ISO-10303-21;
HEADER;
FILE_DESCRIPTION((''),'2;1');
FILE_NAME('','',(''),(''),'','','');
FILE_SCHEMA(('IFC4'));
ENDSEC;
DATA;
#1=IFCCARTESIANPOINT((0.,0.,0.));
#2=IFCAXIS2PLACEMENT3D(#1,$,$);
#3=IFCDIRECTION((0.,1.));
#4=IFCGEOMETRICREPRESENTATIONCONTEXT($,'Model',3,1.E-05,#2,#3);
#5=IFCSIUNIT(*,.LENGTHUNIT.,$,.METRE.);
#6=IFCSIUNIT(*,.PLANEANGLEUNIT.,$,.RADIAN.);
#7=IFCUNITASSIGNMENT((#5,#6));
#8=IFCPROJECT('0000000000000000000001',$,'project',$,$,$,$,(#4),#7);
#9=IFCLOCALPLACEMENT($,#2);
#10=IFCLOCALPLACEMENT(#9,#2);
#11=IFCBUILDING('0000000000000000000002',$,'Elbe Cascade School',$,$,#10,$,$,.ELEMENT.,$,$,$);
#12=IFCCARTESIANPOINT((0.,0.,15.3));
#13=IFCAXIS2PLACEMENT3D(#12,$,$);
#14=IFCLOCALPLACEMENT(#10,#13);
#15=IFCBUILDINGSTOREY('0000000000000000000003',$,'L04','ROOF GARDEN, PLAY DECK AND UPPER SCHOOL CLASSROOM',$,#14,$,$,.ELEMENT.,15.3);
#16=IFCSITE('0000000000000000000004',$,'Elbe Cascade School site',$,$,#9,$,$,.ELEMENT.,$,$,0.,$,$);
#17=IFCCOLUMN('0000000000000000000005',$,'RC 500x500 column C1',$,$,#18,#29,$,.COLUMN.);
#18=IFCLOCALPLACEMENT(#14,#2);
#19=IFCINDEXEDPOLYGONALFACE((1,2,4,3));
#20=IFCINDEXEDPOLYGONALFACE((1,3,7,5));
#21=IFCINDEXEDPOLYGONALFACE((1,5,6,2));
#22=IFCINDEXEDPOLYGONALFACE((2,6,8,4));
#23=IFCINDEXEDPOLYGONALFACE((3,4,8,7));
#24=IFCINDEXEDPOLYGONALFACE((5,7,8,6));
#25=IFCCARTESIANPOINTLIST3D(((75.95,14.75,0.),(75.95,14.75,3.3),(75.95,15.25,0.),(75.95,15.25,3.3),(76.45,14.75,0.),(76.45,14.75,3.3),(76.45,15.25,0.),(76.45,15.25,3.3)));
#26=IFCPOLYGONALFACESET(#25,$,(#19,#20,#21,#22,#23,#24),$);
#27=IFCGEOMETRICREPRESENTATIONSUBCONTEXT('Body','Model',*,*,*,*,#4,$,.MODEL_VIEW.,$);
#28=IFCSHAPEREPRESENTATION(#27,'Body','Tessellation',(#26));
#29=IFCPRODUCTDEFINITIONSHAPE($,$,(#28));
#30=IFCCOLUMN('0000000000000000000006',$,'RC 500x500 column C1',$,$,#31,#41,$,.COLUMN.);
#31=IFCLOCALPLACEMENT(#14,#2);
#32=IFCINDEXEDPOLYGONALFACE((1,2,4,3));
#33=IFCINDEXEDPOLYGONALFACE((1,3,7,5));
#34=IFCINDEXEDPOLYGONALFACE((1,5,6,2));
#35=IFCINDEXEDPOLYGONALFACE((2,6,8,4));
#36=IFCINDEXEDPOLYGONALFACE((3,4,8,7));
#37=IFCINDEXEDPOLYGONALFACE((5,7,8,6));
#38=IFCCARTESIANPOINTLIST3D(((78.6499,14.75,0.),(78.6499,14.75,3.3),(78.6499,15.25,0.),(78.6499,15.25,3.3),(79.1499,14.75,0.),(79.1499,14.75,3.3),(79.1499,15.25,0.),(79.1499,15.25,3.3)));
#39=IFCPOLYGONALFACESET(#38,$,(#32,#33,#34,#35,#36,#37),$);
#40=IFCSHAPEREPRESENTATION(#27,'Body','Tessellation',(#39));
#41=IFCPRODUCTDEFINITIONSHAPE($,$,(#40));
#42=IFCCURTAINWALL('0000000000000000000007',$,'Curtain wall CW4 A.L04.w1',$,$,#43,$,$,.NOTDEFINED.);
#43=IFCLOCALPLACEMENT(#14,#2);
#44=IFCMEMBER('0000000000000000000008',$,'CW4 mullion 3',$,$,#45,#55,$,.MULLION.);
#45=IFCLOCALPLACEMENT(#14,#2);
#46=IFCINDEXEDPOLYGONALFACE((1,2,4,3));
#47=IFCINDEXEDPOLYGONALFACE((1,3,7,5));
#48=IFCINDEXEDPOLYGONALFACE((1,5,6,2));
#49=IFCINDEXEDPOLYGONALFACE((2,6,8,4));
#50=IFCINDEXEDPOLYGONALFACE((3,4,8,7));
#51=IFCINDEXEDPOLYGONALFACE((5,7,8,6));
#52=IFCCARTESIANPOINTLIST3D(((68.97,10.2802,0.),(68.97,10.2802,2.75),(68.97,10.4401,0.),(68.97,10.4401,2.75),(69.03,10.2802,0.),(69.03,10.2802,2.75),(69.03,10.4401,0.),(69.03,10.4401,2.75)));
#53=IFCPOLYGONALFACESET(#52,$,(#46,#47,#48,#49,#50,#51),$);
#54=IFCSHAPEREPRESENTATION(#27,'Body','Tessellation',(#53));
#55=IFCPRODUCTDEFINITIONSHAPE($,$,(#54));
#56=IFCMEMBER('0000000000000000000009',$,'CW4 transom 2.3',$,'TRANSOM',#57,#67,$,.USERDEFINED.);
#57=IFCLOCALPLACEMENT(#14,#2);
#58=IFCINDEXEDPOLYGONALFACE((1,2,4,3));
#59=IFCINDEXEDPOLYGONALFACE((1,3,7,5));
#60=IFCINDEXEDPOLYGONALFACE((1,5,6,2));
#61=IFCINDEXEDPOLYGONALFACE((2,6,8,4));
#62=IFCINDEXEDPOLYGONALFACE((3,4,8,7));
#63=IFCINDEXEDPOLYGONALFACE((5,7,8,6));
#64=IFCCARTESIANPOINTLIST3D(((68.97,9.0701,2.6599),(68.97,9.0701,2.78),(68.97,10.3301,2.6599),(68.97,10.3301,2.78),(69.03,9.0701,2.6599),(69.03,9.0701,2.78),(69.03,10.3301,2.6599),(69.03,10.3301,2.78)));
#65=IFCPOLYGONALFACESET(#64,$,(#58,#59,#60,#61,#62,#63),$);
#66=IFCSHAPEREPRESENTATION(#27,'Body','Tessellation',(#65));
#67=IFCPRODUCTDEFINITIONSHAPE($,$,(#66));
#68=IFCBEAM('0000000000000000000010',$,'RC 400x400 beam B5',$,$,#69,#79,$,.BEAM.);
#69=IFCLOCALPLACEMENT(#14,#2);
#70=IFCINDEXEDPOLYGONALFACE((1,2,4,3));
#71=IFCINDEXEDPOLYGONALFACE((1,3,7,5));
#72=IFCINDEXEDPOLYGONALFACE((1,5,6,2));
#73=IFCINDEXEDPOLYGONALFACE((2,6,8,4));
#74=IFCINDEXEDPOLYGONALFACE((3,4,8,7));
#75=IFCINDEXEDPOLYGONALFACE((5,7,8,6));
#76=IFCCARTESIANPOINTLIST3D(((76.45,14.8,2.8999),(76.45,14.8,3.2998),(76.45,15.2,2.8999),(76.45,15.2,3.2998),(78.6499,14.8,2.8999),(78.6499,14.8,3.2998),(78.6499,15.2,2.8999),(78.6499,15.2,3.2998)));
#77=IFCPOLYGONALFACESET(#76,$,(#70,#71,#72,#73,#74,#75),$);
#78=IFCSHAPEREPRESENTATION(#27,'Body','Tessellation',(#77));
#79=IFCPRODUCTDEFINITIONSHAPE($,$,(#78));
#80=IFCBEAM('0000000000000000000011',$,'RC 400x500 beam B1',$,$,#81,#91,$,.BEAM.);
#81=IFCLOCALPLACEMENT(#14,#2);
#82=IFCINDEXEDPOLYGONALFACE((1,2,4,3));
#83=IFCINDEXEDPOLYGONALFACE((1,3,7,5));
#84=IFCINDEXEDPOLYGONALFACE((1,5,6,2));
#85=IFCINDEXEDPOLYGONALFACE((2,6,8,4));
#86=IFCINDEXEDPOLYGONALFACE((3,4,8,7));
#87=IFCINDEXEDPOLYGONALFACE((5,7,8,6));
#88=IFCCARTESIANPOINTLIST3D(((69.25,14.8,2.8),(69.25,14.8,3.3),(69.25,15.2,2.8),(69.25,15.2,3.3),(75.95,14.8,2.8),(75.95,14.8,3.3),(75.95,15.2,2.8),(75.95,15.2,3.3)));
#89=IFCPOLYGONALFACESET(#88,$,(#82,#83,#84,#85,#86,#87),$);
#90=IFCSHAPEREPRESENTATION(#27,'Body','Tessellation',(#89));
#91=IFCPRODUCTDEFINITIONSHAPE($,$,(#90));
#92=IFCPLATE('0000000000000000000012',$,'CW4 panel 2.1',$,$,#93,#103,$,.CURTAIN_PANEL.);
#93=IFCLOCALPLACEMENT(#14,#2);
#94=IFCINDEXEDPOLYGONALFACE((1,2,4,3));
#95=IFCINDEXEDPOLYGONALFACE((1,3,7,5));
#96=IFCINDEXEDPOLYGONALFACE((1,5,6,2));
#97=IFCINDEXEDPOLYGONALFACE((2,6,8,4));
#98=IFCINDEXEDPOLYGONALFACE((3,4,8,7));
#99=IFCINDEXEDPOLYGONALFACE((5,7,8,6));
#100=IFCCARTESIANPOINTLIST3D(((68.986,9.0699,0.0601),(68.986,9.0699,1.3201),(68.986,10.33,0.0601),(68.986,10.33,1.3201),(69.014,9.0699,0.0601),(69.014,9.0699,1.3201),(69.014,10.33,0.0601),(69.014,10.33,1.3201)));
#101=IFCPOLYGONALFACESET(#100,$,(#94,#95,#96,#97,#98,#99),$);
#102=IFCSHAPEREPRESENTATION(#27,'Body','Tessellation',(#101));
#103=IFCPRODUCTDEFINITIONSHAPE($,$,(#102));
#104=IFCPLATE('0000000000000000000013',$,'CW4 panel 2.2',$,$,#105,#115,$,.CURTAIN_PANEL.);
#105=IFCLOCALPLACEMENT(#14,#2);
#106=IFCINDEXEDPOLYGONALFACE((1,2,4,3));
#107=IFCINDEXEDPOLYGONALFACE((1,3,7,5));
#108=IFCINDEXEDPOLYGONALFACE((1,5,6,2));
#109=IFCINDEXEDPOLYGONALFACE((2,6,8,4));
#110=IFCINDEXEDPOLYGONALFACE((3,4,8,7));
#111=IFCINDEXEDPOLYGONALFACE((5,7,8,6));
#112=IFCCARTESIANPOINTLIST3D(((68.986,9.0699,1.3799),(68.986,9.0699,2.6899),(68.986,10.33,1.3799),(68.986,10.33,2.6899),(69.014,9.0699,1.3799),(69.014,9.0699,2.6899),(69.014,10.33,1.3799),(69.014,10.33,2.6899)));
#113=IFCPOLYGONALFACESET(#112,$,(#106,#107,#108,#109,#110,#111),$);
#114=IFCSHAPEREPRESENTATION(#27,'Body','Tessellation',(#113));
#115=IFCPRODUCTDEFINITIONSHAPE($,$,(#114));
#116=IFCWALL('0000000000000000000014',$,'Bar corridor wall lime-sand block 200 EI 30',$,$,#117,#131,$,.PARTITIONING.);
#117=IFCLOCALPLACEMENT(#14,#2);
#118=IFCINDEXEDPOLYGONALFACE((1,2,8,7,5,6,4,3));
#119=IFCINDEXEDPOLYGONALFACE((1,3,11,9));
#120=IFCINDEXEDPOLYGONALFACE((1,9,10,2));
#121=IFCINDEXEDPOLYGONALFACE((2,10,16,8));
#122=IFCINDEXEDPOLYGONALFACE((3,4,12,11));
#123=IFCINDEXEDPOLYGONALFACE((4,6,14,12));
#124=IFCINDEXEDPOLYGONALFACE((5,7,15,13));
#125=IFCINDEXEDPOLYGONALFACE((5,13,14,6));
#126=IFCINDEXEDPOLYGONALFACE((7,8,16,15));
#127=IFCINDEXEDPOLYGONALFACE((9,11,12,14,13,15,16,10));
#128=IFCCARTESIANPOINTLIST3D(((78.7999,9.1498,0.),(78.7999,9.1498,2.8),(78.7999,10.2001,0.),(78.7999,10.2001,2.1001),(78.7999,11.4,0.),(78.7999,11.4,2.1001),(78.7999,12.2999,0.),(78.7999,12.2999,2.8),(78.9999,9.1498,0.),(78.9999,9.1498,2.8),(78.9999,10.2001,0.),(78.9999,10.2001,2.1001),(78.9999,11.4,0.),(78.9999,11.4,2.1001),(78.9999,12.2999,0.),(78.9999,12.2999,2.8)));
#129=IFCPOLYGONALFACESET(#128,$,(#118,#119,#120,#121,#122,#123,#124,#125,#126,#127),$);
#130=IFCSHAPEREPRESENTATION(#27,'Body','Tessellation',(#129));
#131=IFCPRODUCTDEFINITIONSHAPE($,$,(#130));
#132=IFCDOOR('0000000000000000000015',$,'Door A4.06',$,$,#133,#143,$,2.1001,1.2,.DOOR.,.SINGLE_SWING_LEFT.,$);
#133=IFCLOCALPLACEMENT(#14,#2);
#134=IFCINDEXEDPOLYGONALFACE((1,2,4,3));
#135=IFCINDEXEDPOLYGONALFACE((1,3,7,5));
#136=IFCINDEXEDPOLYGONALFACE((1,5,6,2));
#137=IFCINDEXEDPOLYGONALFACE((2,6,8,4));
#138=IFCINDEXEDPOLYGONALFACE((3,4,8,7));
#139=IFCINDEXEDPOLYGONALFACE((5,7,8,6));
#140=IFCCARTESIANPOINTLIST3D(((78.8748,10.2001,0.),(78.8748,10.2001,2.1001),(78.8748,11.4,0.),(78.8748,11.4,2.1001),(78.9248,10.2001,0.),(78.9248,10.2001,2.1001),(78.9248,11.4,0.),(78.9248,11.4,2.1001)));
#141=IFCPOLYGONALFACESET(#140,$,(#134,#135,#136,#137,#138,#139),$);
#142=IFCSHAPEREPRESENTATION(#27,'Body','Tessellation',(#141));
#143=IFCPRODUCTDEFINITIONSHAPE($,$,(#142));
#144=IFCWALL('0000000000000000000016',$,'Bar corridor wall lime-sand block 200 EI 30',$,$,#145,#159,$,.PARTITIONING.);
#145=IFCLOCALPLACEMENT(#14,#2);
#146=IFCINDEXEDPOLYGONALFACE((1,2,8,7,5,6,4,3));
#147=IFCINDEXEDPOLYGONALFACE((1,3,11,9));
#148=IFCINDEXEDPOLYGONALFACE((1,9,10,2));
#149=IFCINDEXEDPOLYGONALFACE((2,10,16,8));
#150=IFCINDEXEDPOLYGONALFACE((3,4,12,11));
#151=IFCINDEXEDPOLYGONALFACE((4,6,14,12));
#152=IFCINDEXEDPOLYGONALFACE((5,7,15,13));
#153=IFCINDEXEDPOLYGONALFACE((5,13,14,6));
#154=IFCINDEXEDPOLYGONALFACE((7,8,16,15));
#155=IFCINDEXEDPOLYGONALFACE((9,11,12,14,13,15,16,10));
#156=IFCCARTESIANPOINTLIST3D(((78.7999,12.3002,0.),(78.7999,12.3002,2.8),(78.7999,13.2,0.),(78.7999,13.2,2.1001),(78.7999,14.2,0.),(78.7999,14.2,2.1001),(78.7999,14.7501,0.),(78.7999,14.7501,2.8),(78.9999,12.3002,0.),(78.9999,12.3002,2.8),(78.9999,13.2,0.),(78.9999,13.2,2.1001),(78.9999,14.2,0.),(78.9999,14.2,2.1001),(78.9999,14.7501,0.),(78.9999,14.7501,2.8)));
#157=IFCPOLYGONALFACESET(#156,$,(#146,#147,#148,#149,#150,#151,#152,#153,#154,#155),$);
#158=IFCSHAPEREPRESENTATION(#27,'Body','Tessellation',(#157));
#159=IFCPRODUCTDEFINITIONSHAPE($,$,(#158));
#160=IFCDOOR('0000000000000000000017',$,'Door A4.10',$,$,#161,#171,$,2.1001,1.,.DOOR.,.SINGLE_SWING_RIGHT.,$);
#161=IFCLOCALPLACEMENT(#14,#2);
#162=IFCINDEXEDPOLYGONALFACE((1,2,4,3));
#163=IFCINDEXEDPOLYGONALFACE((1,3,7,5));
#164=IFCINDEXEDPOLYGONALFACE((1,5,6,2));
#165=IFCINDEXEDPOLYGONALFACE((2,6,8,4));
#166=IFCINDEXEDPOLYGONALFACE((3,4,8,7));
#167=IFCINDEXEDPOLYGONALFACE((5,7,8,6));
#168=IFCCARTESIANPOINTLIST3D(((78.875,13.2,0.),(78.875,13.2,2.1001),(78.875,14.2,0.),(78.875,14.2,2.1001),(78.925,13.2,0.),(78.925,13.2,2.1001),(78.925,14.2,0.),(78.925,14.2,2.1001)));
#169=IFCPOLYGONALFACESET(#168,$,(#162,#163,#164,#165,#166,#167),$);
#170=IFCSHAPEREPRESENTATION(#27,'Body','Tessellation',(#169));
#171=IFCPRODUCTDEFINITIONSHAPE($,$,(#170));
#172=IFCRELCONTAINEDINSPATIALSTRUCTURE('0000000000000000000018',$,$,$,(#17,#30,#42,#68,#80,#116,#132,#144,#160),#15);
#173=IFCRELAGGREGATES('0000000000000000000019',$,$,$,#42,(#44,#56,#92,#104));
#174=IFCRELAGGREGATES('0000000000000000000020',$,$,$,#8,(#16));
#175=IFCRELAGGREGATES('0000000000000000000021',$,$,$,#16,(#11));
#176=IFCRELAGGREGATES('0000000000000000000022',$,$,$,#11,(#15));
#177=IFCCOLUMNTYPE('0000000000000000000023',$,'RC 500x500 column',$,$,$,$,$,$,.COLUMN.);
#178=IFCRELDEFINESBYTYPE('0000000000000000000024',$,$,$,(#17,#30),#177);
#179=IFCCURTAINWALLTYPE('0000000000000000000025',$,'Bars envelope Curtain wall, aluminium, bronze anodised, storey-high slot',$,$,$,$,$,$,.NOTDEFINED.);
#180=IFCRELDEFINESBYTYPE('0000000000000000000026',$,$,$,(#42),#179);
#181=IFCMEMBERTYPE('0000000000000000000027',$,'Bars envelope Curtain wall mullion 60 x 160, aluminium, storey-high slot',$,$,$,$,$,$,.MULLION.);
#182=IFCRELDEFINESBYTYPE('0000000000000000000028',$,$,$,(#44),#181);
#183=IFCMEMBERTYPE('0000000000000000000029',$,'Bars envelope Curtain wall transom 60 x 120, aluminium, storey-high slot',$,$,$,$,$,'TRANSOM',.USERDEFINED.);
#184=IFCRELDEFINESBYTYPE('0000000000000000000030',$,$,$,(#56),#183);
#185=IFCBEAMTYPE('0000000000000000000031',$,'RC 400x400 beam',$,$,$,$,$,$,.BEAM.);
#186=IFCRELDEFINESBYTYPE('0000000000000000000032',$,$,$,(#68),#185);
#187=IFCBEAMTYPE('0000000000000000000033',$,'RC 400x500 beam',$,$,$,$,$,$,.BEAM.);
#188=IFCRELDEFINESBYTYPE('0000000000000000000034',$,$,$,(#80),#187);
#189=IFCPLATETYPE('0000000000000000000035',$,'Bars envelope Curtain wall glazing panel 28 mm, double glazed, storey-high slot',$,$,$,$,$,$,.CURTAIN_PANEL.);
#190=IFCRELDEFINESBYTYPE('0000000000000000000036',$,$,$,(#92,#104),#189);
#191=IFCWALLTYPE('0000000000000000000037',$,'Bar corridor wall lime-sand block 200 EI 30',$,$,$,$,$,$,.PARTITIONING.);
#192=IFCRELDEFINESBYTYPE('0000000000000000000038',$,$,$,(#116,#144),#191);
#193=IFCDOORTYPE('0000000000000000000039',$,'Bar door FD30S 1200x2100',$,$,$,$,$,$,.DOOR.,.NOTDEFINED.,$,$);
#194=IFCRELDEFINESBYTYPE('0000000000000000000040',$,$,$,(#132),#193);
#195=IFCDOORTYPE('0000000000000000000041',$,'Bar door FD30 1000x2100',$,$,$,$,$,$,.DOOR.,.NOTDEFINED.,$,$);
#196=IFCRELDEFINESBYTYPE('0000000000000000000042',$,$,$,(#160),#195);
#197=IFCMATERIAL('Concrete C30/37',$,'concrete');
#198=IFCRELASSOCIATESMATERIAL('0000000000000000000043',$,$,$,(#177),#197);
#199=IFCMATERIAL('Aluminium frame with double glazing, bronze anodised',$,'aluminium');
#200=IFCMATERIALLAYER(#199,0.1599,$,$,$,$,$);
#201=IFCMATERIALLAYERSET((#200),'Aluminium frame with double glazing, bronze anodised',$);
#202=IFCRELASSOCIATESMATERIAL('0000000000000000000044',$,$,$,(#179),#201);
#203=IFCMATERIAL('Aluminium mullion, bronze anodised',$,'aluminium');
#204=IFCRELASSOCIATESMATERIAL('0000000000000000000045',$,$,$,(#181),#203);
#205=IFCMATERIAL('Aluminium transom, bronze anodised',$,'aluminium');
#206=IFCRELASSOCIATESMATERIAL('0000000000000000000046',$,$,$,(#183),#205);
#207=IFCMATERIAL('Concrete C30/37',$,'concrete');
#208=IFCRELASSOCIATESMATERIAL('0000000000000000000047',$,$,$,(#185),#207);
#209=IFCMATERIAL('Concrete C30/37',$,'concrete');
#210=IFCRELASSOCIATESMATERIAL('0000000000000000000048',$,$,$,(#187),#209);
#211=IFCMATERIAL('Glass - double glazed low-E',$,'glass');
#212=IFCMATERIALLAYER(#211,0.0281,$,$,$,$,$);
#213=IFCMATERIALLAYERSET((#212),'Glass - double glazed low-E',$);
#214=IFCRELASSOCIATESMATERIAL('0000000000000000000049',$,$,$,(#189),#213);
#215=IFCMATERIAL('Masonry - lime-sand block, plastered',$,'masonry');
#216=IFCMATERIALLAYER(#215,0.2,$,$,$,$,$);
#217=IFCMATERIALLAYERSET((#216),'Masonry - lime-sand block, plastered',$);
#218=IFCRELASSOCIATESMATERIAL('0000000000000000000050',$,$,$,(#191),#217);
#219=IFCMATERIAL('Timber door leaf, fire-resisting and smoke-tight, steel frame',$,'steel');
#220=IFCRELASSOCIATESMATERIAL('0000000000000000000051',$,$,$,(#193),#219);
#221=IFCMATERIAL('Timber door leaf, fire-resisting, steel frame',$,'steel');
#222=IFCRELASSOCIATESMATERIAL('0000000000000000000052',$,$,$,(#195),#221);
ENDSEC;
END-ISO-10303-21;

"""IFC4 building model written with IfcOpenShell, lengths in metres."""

from ifc_helpers import new_model, si_unit, direction, frame, frame_2d, origin, origin_2d, place, context, subcontext, project, spatial, rectangle, extrude, material, layer, layer_set, material_profile, profile_set, type_object, element, fill, aggregate, save


model = new_model("IFC4")

# Units and contexts
model_context = context("Model", 3, precision=1e-05, world=origin(), true_north=direction((0.0, 1.0)))
body_context = subcontext(model_context, "Body", "Model", "MODEL_VIEW")
ifc_project = project(units=[si_unit("LENGTHUNIT", "METRE"), si_unit("PLANEANGLEUNIT", "RADIAN")], contexts=[model_context])

# Site, building, storey
site_placement = place(None, origin())
site = spatial("IfcSite", under=ifc_project, at=site_placement, Name="Elbe Cascade School site", CompositionType="ELEMENT", RefElevation=0.0)
building_placement = place(site_placement, origin())
building = spatial("IfcBuilding", under=site, at=building_placement, Name="Elbe Cascade School", CompositionType="ELEMENT")
storey_placement = place(building_placement, frame((0.0, 0.0, 15.3)))
storey = spatial("IfcBuildingStorey", under=building, at=storey_placement, Name="L04", Description="ROOF GARDEN, PLAY DECK AND UPPER SCHOOL CLASSROOM", CompositionType="ELEMENT", Elevation=15.3)

# Columns
ifc_material_1 = material(Name="Concrete C30/37", Category="concrete")
ifc_material_profile_1 = material_profile(ifc_material_1, rectangle(XDim=0.5, YDim=0.5, at=origin_2d()), Name="RC 500x500")
ifc_profile_set_1 = profile_set([ifc_material_profile_1], Name="Concrete C30/37")
column_type = type_object("IfcColumnType", Name="RC 500x500 column", PredefinedType="COLUMN", material=ifc_profile_set_1)
for number, where, z_axis, x_axis, name in (
    (1, (76.2, 15.0, 0.0), (0.0, 0.0, 1.0), (1.0, 0.0, 0.0), "RC 500x500 column C1"),
    (2, (78.8999, 15.0, 0.0), (0.0, 0.0, 1.0), (1.0, 0.0, 0.0), "RC 500x500 column C1"),
):
    element("IfcColumn", number, at=place(storey_placement, frame(where, z_axis=z_axis, x_axis=x_axis)), inside=storey, type_object=column_type, Name=name, PredefinedType="COLUMN", context=body_context, shape_type="SweptSolid", body=[
        extrude(rectangle(XDim=0.5, YDim=0.5, at=origin_2d()), origin(), (0.0, 0.0, 1.0), 3.3),
    ])

# Curtain wall, members
ifc_material_2 = material(Name="Aluminium frame with double glazing, bronze anodised", Category="aluminium")
ifc_layer_1 = layer(ifc_material_2, 0.1599)
ifc_layer_set_1 = layer_set([ifc_layer_1], Name="Aluminium frame with double glazing, bronze anodised")
curtain_wall_type = type_object("IfcCurtainWallType", Name="Bars envelope Curtain wall, aluminium, bronze anodised, storey-high slot", PredefinedType="NOTDEFINED", material=ifc_layer_set_1)
curtain_wall_placement = place(storey_placement, origin())
curtain_wall = element("IfcCurtainWall", 3, at=curtain_wall_placement, inside=storey, type_object=curtain_wall_type, Name="Curtain wall CW4 A.L04.w1", PredefinedType="NOTDEFINED")
ifc_material_3 = material(Name="Aluminium mullion, bronze anodised", Category="aluminium")
ifc_material_profile_2 = material_profile(ifc_material_3, rectangle(XDim=0.0601, YDim=0.1599, at=origin_2d()), Name="Bars envelope Curtain wall mullion 60 x 160, aluminium, storey-high slot")
ifc_profile_set_2 = profile_set([ifc_material_profile_2], Name="Aluminium mullion, bronze anodised")
member_type_1 = type_object("IfcMemberType", Name="Bars envelope Curtain wall mullion 60 x 160, aluminium, storey-high slot", PredefinedType="MULLION", material=ifc_profile_set_2)
member_1_placement = place(storey_placement, frame((69.0, 10.3601, 0.0), z_axis=(0.0, 0.0, 1.0), x_axis=(-1.0, 0.0, 0.0)))
member_1 = element("IfcMember", 4, at=member_1_placement, type_object=member_type_1, Name="CW4 mullion 3", PredefinedType="MULLION", context=body_context, shape_type="SweptSolid", body=[
    extrude(rectangle(XDim=0.0601, YDim=0.1599, at=origin_2d()), origin(), (0.0, 0.0, 1.0), 2.75),
])
ifc_material_4 = material(Name="Aluminium transom, bronze anodised", Category="aluminium")
ifc_material_profile_3 = material_profile(ifc_material_4, rectangle(XDim=0.0601, YDim=0.1201, at=origin_2d()), Name="Bars envelope Curtain wall transom 60 x 120, aluminium, storey-high slot")
ifc_profile_set_3 = profile_set([ifc_material_profile_3], Name="Aluminium transom, bronze anodised")
member_type_2 = type_object("IfcMemberType", Name="Bars envelope Curtain wall transom 60 x 120, aluminium, storey-high slot", ElementType="TRANSOM", PredefinedType="USERDEFINED", material=ifc_profile_set_3)
member_2_placement = place(storey_placement, frame((69.0, 9.0701, 2.72), z_axis=(0.0, 1.0, 0.0), x_axis=(-1.0, 0.0, 0.0)))
member_2 = element("IfcMember", 5, at=member_2_placement, type_object=member_type_2, Name="CW4 transom 2.3", ObjectType="TRANSOM", PredefinedType="USERDEFINED", context=body_context, shape_type="SweptSolid", body=[
    extrude(rectangle(XDim=0.0601, YDim=0.1201, at=origin_2d()), origin(), (0.0, 0.0, 1.0), 1.26),
])

# Beams
ifc_material_5 = material(Name="Concrete C30/37", Category="concrete")
ifc_material_profile_4 = material_profile(ifc_material_5, rectangle(XDim=0.3999, YDim=0.3999, at=origin_2d()), Name="RC 400x400")
ifc_profile_set_4 = profile_set([ifc_material_profile_4], Name="Concrete C30/37")
beam_type_1 = type_object("IfcBeamType", Name="RC 400x400 beam", PredefinedType="BEAM", material=ifc_profile_set_4)
beam_1_placement = place(storey_placement, frame((76.45, 15.0, 3.0999), z_axis=(1.0, 0.0, 0.0), x_axis=(0.0, 1.0, 0.0)))
element("IfcBeam", 6, at=beam_1_placement, inside=storey, type_object=beam_type_1, Name="RC 400x400 beam B5", PredefinedType="BEAM", context=body_context, shape_type="SweptSolid", body=[
    extrude(rectangle(XDim=0.3999, YDim=0.3999, at=origin_2d()), origin(), (0.0, 0.0, 1.0), 2.2),
])
ifc_material_6 = material(Name="Concrete C30/37", Category="concrete")
ifc_material_profile_5 = material_profile(ifc_material_6, rectangle(XDim=0.3999, YDim=0.5, at=origin_2d()), Name="RC 400x500")
ifc_profile_set_5 = profile_set([ifc_material_profile_5], Name="Concrete C30/37")
beam_type_2 = type_object("IfcBeamType", Name="RC 400x500 beam", PredefinedType="BEAM", material=ifc_profile_set_5)
beam_2_placement = place(storey_placement, frame((69.25, 15.0, 3.05), z_axis=(1.0, 0.0, 0.0), x_axis=(0.0, 1.0, 0.0)))
element("IfcBeam", 7, at=beam_2_placement, inside=storey, type_object=beam_type_2, Name="RC 400x500 beam B1", PredefinedType="BEAM", context=body_context, shape_type="SweptSolid", body=[
    extrude(rectangle(XDim=0.3999, YDim=0.5, at=origin_2d()), origin(), (0.0, 0.0, 1.0), 6.7),
])

# Plates
ifc_material_7 = material(Name="Glass - double glazed low-E", Category="glass")
ifc_layer_2 = layer(ifc_material_7, 0.0281)
ifc_layer_set_2 = layer_set([ifc_layer_2], Name="Glass - double glazed low-E")
plate_type = type_object("IfcPlateType", Name="Bars envelope Curtain wall glazing panel 28 mm, double glazed, storey-high slot", PredefinedType="CURTAIN_PANEL", material=ifc_layer_set_2)
plate_1_placement = place(storey_placement, frame((69.0, 9.7, 0.0601), z_axis=(0.0, 0.0, 1.0), x_axis=(0.0, 1.0, 0.0)))
plate_1 = element("IfcPlate", 8, at=plate_1_placement, type_object=plate_type, Name="CW4 panel 2.1", PredefinedType="CURTAIN_PANEL", context=body_context, shape_type="SweptSolid", body=[
    extrude(rectangle(XDim=1.26, YDim=0.0281, at=origin_2d()), origin(), (0.0, 0.0, 1.0), 1.26),
])
plate_2_placement = place(storey_placement, frame((69.0, 9.7, 1.3799), z_axis=(0.0, 0.0, 1.0), x_axis=(0.0, 1.0, 0.0)))
plate_2 = element("IfcPlate", 9, at=plate_2_placement, type_object=plate_type, Name="CW4 panel 2.2", PredefinedType="CURTAIN_PANEL", context=body_context, shape_type="SweptSolid", body=[
    extrude(rectangle(XDim=1.26, YDim=0.0281, at=origin_2d()), origin(), (0.0, 0.0, 1.0), 1.3101),
])
aggregate(curtain_wall, [member_1, member_2, plate_1, plate_2])

# Walls, openings, doors
ifc_material_8 = material(Name="Masonry - lime-sand block, plastered", Category="masonry")
ifc_layer_3 = layer(ifc_material_8, 0.2)
ifc_layer_set_3 = layer_set([ifc_layer_3], Name="Masonry - lime-sand block, plastered")
wall_type_1 = type_object("IfcWallType", Name="Bar corridor wall lime-sand block 200 EI 30", PredefinedType="PARTITIONING", material=ifc_layer_set_3)
wall_1_placement = place(storey_placement, frame((78.8999, 12.3, 0.0), z_axis=(0.0, 0.0, 1.0), x_axis=(0.0, -1.0, 0.0)))
wall_1 = element("IfcWall", 10, at=wall_1_placement, inside=storey, type_object=wall_type_1, Name="Bar corridor wall lime-sand block 200 EI 30", PredefinedType="PARTITIONING", context=body_context, shape_type="SweptSolid", body=[
    extrude(rectangle(XDim=3.1501, YDim=0.2, at=frame_2d((1.5752, 0.0))), origin(), (0.0, 0.0, 1.0), 2.8),
])
opening_1_placement = place(wall_1_placement, frame((0.8999, 0.0, 0.0)))
opening_1 = element("IfcOpeningElement", 11, at=opening_1_placement, cuts=wall_1, PredefinedType="OPENING", context=body_context, shape_type="SweptSolid", body=[
    extrude(rectangle(XDim=1.2, YDim=2.1001, at=frame_2d((0.6001, 1.05))), frame((0.0, 0.1099, 0.0), z_axis=(0.0, -1.0, 0.0), x_axis=(1.0, 0.0, 0.0)), (0.0, 0.0, 1.0), 0.22),
])
ifc_material_9 = material(Name="Timber door leaf, fire-resisting and smoke-tight, steel frame", Category="steel")
door_type_1 = type_object("IfcDoorType", Name="Bar door FD30S 1200x2100", OperationType="NOTDEFINED", PredefinedType="DOOR", material=ifc_material_9)
door_1_placement = place(opening_1_placement, origin())
door_1 = element("IfcDoor", 12, at=door_1_placement, inside=storey, type_object=door_type_1, Name="Door A4.06", OperationType="SINGLE_SWING_LEFT", OverallHeight=2.1001, OverallWidth=1.2, PredefinedType="DOOR", context=body_context, shape_type="SweptSolid", body=[
    extrude(rectangle(XDim=1.2, YDim=2.1001, at=frame_2d((0.6001, 1.05))), frame((0.0, 0.0249, 0.0), z_axis=(0.0, -1.0, 0.0), x_axis=(1.0, 0.0, 0.0)), (0.0, 0.0, 1.0), 0.05),
])
fill(opening_1, door_1)
wall_2_placement = place(storey_placement, frame((78.8999, 12.3, 0.0), z_axis=(0.0, 0.0, 1.0), x_axis=(0.0, 1.0, 0.0)))
wall_2 = element("IfcWall", 13, at=wall_2_placement, inside=storey, type_object=wall_type_1, Name="Bar corridor wall lime-sand block 200 EI 30", PredefinedType="PARTITIONING", context=body_context, shape_type="SweptSolid", body=[
    extrude(rectangle(XDim=2.45, YDim=0.2, at=frame_2d((1.2251, 0.0))), origin(), (0.0, 0.0, 1.0), 2.8),
])
opening_2_placement = place(wall_2_placement, frame((0.8999, 0.0, 0.0)))
opening_2 = element("IfcOpeningElement", 14, at=opening_2_placement, cuts=wall_2, PredefinedType="OPENING", context=body_context, shape_type="SweptSolid", body=[
    extrude(rectangle(XDim=1.0, YDim=2.1001, at=frame_2d((0.5, 1.05))), frame((0.0, 0.1099, 0.0), z_axis=(0.0, -1.0, 0.0), x_axis=(1.0, 0.0, 0.0)), (0.0, 0.0, 1.0), 0.22),
])
ifc_material_10 = material(Name="Timber door leaf, fire-resisting, steel frame", Category="steel")
door_type_2 = type_object("IfcDoorType", Name="Bar door FD30 1000x2100", OperationType="NOTDEFINED", PredefinedType="DOOR", material=ifc_material_10)
door_2_placement = place(opening_2_placement, origin())
door_2 = element("IfcDoor", 15, at=door_2_placement, inside=storey, type_object=door_type_2, Name="Door A4.10", OperationType="SINGLE_SWING_RIGHT", OverallHeight=2.1001, OverallWidth=1.0, PredefinedType="DOOR", context=body_context, shape_type="SweptSolid", body=[
    extrude(rectangle(XDim=1.0, YDim=2.1001, at=frame_2d((0.5, 1.05))), frame((0.0, 0.0249, 0.0), z_axis=(0.0, -1.0, 0.0), x_axis=(1.0, 0.0, 0.0)), (0.0, 0.0, 1.0), 0.05),
])
fill(opening_2, door_2)

save(model, "model.ifc")
